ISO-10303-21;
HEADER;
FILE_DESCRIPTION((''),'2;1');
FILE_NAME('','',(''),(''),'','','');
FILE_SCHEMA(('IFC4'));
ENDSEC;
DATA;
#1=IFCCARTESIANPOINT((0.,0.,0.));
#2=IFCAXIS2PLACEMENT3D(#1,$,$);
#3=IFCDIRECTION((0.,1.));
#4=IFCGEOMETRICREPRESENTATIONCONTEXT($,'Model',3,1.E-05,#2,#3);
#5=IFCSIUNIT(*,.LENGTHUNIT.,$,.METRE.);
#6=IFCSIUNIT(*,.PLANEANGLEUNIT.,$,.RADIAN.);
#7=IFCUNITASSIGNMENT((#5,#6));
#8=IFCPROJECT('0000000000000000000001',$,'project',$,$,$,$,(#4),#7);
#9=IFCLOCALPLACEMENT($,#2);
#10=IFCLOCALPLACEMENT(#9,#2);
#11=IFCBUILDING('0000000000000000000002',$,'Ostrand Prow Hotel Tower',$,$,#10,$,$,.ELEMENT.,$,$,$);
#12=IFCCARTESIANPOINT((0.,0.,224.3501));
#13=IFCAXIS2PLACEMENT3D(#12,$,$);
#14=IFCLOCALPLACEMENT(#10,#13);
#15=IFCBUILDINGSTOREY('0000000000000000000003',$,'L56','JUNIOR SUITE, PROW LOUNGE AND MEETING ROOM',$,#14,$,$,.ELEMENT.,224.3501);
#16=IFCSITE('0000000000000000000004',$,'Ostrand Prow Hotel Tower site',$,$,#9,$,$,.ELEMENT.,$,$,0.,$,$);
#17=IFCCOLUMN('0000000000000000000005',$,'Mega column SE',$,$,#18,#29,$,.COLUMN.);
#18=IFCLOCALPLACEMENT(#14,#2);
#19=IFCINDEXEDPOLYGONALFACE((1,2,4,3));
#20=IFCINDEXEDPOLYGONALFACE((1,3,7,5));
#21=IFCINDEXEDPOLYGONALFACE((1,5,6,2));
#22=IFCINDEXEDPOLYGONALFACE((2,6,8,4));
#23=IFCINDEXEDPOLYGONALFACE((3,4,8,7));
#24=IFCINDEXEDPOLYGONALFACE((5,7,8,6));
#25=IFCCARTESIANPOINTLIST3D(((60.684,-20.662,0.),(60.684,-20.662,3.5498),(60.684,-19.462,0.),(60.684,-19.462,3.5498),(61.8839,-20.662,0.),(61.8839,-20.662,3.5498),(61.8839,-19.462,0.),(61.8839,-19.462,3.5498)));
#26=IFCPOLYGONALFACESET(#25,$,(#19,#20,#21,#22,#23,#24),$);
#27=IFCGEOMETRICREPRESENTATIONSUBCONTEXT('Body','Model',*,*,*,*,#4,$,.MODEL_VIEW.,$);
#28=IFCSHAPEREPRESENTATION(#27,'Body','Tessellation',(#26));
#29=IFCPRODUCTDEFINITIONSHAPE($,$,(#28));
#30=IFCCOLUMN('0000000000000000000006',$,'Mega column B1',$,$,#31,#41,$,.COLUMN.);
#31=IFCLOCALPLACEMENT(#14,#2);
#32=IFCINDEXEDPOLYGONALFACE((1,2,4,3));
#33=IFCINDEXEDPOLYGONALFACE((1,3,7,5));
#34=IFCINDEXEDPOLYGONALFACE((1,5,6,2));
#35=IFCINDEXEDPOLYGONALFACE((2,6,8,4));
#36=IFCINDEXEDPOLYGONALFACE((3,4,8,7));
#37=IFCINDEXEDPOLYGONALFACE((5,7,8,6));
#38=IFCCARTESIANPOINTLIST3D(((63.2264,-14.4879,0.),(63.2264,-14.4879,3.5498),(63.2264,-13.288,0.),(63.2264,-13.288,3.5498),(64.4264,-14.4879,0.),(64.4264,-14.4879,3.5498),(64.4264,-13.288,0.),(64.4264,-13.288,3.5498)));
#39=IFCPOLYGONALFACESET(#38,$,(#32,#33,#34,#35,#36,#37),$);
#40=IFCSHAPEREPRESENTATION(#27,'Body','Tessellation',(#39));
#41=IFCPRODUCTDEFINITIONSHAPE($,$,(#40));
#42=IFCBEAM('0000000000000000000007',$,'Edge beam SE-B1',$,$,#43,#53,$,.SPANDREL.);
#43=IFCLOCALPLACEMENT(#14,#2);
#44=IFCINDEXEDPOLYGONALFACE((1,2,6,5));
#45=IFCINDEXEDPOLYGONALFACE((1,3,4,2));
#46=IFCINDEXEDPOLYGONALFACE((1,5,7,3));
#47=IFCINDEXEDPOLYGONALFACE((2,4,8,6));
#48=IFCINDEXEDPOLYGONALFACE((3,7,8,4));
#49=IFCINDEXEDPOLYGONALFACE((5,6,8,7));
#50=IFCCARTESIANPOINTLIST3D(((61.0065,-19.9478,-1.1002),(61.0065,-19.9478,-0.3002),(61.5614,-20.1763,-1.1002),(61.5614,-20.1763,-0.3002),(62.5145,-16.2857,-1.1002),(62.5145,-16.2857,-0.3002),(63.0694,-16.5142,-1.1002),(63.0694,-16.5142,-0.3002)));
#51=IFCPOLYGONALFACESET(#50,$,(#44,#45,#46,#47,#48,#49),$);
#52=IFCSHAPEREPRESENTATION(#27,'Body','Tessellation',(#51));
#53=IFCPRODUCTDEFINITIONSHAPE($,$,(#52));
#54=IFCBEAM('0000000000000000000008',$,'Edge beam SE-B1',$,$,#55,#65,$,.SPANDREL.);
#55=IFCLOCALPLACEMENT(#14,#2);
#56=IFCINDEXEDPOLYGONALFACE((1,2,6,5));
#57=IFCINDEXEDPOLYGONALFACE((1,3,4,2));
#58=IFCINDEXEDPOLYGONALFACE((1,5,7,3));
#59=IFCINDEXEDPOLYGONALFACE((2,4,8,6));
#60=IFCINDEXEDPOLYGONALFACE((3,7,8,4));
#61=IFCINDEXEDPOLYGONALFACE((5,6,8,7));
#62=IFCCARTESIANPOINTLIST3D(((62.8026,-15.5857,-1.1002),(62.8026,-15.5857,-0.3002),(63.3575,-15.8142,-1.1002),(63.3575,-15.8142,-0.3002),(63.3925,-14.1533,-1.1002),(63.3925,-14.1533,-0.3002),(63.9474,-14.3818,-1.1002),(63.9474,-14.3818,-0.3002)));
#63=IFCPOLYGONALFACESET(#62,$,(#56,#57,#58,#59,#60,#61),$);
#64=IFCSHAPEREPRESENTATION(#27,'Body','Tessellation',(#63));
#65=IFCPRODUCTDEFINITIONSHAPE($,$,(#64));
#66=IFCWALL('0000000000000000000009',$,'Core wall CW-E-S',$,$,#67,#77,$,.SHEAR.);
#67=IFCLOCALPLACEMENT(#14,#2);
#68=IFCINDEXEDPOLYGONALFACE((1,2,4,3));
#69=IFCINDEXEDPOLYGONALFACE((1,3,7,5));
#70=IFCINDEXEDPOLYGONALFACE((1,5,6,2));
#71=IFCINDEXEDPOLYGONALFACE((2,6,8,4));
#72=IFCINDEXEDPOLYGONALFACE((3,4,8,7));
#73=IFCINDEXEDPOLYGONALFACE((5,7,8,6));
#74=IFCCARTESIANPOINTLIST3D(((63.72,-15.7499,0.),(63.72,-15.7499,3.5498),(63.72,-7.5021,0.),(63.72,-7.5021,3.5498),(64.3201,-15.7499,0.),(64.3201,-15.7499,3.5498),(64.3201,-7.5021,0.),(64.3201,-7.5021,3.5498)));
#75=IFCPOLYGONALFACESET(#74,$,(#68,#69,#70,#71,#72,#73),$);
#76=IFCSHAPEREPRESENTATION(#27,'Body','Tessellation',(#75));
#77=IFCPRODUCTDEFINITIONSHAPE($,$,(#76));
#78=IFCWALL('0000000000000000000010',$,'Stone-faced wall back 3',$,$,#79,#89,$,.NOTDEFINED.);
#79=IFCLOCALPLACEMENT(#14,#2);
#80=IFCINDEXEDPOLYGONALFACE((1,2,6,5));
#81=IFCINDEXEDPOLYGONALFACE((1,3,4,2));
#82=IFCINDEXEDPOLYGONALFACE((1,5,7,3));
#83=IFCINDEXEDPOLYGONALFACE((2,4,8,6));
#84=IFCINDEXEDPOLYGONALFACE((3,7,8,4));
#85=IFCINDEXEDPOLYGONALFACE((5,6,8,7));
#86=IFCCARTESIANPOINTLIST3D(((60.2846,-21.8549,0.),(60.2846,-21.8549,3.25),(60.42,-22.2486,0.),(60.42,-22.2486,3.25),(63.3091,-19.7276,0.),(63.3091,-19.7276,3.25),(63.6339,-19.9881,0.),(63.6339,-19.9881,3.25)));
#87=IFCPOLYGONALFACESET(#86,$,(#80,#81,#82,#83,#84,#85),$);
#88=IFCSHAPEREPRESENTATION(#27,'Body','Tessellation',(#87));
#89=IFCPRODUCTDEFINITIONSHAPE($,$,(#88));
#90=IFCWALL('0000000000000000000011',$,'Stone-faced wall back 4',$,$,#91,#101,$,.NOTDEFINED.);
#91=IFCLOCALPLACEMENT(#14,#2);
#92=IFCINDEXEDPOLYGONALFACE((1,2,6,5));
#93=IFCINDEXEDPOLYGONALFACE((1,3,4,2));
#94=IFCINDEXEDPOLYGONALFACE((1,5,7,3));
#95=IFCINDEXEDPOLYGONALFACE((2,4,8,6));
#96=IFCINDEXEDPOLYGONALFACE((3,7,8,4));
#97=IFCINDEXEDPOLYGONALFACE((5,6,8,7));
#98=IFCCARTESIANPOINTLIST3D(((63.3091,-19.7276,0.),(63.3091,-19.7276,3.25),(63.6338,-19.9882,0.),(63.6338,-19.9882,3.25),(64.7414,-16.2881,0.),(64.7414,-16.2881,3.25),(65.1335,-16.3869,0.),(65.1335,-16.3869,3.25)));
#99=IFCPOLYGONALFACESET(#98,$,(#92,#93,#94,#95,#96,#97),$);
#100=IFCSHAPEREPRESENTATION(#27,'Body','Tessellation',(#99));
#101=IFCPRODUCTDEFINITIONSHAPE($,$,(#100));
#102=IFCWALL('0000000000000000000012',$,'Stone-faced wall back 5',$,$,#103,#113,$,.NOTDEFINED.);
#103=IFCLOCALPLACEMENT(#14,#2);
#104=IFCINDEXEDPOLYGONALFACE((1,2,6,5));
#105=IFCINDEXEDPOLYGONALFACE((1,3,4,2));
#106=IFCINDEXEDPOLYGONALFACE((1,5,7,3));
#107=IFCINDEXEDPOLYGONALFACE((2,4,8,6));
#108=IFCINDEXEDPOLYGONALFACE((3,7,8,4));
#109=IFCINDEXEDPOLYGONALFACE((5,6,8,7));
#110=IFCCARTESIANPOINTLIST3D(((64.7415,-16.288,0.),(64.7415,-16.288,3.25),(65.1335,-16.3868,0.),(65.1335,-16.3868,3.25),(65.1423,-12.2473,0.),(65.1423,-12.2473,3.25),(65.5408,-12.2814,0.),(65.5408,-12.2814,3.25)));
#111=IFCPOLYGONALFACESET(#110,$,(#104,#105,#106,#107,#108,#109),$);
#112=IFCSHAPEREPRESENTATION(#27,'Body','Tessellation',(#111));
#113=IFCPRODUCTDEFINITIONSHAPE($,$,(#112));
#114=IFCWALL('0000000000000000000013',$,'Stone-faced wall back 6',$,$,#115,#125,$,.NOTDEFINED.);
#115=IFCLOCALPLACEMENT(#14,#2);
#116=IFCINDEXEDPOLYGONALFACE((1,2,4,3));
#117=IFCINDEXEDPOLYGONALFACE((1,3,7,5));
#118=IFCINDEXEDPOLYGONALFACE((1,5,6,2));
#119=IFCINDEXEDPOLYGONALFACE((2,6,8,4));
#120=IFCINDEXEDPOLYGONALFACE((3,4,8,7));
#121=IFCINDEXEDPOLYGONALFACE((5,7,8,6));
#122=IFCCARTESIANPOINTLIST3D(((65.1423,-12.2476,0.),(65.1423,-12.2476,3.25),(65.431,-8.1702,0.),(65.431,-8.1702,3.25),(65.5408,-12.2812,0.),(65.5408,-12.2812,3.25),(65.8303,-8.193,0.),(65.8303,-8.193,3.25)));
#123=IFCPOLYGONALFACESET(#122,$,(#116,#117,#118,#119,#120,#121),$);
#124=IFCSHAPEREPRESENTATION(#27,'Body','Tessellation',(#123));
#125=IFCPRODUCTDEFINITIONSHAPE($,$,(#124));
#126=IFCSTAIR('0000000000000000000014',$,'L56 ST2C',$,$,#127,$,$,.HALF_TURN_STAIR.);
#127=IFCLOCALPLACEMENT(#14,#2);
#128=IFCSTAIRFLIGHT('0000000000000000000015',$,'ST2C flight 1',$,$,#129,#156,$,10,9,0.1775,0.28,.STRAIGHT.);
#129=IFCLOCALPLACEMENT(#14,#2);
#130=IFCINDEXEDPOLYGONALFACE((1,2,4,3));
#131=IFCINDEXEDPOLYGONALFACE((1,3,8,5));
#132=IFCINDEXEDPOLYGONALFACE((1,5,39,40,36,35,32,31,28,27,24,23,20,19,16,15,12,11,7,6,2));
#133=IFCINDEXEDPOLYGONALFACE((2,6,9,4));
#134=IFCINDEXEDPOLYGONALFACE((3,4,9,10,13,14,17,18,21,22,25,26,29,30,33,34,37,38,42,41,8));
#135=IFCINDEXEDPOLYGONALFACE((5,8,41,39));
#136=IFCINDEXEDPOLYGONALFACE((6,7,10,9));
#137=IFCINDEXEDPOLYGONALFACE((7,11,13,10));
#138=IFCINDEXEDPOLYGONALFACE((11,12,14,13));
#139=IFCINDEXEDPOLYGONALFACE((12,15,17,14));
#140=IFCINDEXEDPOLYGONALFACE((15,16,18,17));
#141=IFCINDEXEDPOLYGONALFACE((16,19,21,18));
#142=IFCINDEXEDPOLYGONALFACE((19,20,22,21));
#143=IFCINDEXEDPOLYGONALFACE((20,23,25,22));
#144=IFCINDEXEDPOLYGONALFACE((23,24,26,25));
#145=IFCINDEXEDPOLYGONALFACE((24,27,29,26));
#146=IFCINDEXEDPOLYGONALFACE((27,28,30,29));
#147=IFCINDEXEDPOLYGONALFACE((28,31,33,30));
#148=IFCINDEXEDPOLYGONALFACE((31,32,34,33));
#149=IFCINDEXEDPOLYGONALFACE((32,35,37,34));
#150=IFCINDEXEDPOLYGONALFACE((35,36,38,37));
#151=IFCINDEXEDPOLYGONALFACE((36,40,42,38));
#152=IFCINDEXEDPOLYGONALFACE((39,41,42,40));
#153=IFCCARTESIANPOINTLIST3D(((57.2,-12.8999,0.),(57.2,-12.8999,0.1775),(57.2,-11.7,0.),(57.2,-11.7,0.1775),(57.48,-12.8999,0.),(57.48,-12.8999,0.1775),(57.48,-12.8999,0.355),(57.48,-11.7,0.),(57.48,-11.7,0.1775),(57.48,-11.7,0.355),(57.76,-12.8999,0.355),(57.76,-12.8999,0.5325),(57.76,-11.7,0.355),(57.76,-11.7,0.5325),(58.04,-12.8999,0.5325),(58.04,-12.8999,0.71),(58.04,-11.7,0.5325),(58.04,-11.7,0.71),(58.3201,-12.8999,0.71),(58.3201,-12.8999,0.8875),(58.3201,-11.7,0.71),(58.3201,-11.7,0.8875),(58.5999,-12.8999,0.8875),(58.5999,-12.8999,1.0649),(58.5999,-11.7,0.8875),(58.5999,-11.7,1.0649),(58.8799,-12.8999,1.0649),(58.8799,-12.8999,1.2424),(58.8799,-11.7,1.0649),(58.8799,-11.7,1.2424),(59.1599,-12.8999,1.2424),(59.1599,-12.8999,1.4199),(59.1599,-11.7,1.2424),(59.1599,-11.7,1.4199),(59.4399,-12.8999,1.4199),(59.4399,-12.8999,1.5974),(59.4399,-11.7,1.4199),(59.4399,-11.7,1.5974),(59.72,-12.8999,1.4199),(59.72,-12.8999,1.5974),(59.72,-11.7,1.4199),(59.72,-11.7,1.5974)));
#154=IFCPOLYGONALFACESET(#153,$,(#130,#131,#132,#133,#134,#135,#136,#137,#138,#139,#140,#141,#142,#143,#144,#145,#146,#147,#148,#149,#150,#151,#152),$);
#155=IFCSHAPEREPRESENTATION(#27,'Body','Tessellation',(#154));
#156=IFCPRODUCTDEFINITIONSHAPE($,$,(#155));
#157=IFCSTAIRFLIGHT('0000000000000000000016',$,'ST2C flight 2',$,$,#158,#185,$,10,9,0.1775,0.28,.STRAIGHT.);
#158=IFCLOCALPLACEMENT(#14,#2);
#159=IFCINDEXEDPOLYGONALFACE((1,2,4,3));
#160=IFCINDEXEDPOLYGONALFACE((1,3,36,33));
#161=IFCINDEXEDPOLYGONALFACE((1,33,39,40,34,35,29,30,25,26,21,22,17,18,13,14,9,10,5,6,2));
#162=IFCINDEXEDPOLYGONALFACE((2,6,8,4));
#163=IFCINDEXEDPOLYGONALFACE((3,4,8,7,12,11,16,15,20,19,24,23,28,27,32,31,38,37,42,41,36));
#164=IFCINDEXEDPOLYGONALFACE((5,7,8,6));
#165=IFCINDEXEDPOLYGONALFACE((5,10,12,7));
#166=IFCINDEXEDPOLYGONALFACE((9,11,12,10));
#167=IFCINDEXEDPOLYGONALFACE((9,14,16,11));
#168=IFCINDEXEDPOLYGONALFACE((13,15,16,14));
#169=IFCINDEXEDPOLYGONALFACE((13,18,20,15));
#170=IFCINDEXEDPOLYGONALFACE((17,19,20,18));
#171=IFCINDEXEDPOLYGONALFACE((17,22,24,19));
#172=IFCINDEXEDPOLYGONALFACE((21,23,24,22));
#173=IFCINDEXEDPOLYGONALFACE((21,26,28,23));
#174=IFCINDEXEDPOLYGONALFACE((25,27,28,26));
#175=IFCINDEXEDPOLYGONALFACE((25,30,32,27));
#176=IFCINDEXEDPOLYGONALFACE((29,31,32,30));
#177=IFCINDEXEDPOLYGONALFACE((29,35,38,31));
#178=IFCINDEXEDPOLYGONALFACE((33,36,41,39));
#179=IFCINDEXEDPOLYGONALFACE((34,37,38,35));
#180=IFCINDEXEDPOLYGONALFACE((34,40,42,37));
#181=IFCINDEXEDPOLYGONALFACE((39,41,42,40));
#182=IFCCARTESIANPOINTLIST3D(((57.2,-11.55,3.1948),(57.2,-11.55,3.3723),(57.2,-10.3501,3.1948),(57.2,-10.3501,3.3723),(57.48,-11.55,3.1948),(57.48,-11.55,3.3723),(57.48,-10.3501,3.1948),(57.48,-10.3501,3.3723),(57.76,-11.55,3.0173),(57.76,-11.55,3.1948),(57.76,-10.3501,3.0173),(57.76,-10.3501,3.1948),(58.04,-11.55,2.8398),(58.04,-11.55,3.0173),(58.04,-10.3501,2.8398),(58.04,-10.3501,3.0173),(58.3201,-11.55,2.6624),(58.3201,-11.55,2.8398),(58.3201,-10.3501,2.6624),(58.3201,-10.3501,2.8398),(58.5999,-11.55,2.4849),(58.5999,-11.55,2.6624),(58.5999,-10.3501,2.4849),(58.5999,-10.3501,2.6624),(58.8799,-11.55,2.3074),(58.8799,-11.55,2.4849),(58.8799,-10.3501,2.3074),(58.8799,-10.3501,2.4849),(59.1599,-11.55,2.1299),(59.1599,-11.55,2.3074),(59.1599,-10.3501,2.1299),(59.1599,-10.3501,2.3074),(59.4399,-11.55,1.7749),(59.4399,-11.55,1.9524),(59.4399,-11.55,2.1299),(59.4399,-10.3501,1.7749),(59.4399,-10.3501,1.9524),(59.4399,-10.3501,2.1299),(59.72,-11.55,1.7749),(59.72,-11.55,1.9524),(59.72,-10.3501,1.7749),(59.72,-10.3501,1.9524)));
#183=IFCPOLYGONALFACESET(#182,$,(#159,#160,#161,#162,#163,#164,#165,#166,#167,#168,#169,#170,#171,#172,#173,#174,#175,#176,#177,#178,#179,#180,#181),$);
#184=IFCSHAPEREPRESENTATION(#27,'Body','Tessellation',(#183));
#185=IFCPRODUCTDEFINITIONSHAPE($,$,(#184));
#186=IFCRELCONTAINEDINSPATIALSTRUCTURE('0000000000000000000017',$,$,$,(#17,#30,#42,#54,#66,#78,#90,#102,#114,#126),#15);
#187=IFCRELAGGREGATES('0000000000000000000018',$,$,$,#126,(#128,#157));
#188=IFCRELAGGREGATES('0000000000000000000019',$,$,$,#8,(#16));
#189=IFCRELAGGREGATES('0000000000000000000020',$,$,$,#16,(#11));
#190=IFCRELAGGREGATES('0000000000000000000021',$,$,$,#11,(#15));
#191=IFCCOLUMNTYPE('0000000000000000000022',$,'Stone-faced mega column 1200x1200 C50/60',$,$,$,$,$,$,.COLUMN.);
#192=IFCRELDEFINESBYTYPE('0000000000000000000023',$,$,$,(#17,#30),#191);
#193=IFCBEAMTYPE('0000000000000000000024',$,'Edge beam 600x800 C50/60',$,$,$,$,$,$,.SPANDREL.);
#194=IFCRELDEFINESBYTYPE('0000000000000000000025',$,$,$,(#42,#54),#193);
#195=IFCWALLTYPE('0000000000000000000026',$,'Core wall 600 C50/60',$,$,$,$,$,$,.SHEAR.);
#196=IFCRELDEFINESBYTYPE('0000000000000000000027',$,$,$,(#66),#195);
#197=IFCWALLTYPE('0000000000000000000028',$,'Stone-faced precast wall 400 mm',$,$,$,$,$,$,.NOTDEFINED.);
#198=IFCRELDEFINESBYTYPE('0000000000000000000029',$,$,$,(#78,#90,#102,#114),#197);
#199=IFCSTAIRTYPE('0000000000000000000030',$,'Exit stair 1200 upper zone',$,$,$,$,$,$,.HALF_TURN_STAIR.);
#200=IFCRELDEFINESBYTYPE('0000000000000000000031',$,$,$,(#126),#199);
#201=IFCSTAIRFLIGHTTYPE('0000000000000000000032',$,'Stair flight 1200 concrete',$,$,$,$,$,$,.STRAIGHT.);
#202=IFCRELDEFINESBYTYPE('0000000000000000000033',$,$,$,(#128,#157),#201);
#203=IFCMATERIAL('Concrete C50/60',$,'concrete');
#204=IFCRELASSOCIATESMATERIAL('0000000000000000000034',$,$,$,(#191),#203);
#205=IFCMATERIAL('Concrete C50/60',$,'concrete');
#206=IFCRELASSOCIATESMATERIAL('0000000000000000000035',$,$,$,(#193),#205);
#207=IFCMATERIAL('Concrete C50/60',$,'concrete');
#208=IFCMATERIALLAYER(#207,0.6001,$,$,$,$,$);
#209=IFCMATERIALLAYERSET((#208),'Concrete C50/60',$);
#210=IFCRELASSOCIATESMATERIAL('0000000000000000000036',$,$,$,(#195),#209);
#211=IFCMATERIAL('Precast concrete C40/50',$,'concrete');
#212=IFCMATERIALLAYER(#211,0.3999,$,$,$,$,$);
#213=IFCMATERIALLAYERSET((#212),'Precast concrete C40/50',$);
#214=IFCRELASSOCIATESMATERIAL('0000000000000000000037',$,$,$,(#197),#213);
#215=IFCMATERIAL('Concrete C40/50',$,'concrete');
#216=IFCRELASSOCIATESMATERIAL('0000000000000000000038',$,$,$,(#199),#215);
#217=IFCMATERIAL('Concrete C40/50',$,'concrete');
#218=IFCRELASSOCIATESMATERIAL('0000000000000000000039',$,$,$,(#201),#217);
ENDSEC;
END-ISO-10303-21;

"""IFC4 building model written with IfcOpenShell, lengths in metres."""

from ifc_helpers import new_model, si_unit, direction, frame, frame_2d, origin, origin_2d, place, context, subcontext, project, spatial, polyline, rectangle, outline, extrude, material, layer, layer_set, material_profile, profile_set, type_object, element, aggregate, save


model = new_model("IFC4")

# Units and contexts
model_context = context("Model", 3, precision=1e-05, world=origin(), true_north=direction((0.0, 1.0)))
body_context = subcontext(model_context, "Body", "Model", "MODEL_VIEW")
ifc_project = project(units=[si_unit("LENGTHUNIT", "METRE"), si_unit("PLANEANGLEUNIT", "RADIAN")], contexts=[model_context])

# Site, building, storey
site_placement = place(None, origin())
site = spatial("IfcSite", under=ifc_project, at=site_placement, Name="Ostrand Prow Hotel Tower site", CompositionType="ELEMENT", RefElevation=0.0)
building_placement = place(site_placement, origin())
building = spatial("IfcBuilding", under=site, at=building_placement, Name="Ostrand Prow Hotel Tower", CompositionType="ELEMENT")
storey_placement = place(building_placement, frame((0.0, 0.0, 224.3501)))
storey = spatial("IfcBuildingStorey", under=building, at=storey_placement, Name="L56", Description="JUNIOR SUITE, PROW LOUNGE AND MEETING ROOM", CompositionType="ELEMENT", Elevation=224.3501)

# Columns
ifc_material_1 = material(Name="Concrete C50/60", Category="concrete")
ifc_material_profile_1 = material_profile(ifc_material_1, rectangle(XDim=1.2, YDim=1.2, at=origin_2d()), Name="RC 1200x1200")
ifc_profile_set_1 = profile_set([ifc_material_profile_1], Name="Concrete C50/60")
column_type = type_object("IfcColumnType", Name="Stone-faced mega column 1200x1200 C50/60", PredefinedType="COLUMN", material=ifc_profile_set_1)
for number, where, z_axis, x_axis, name in (
    (1, (61.2839, -20.062, 0.0), (0.0, 0.0, 1.0), (1.0, 0.0, 0.0), "Mega column SE"),
    (2, (63.8264, -13.8879, 0.0), (0.0, 0.0, 1.0), (1.0, 0.0, 0.0), "Mega column B1"),
):
    element("IfcColumn", number, at=place(storey_placement, frame(where, z_axis=z_axis, x_axis=x_axis)), inside=storey, type_object=column_type, Name=name, PredefinedType="COLUMN", context=body_context, shape_type="SweptSolid", body=[
        extrude(rectangle(XDim=1.2, YDim=1.2, at=origin_2d()), origin(), (0.0, 0.0, 1.0), 3.5498),
    ])

# Beams
ifc_material_2 = material(Name="Concrete C50/60", Category="concrete")
ifc_material_profile_2 = material_profile(ifc_material_2, rectangle(XDim=0.6001, YDim=0.8, at=origin_2d()), Name="RC 600x800")
ifc_profile_set_2 = profile_set([ifc_material_profile_2], Name="Concrete C50/60")
beam_type = type_object("IfcBeamType", Name="Edge beam 600x800 C50/60", PredefinedType="SPANDREL", material=ifc_profile_set_2)
beam_1_placement = place(storey_placement, frame((61.2839, -20.062, -0.7002), z_axis=(0.380778, 0.924667, 0.0), x_axis=(-0.924667, 0.380778, 0.0)))
element("IfcBeam", 3, at=beam_1_placement, inside=storey, type_object=beam_type, Name="Edge beam SE-B1", PredefinedType="SPANDREL", context=body_context, shape_type="SweptSolid", body=[
    extrude(rectangle(XDim=0.6001, YDim=0.8, at=origin_2d()), origin(), (0.0, 0.0, 1.0), 3.9604),
])
beam_2_placement = place(storey_placement, frame((63.0801, -15.7, -0.7002), z_axis=(0.380774, 0.924668, 0.0), x_axis=(-0.924668, 0.380774, 0.0)))
element("IfcBeam", 4, at=beam_2_placement, inside=storey, type_object=beam_type, Name="Edge beam SE-B1", PredefinedType="SPANDREL", context=body_context, shape_type="SweptSolid", body=[
    extrude(rectangle(XDim=0.6001, YDim=0.8, at=origin_2d()), origin(), (0.0, 0.0, 1.0), 1.5491),
])

# Walls
ifc_material_3 = material(Name="Concrete C50/60", Category="concrete")
ifc_layer_1 = layer(ifc_material_3, 0.6001)
ifc_layer_set_1 = layer_set([ifc_layer_1], Name="Concrete C50/60")
wall_type_1 = type_object("IfcWallType", Name="Core wall 600 C50/60", PredefinedType="SHEAR", material=ifc_layer_set_1)
wall_1_placement = place(storey_placement, frame((64.02, -15.75, 0.0), z_axis=(0.0, 0.0, 1.0), x_axis=(0.0, 1.0, 0.0)))
element("IfcWall", 5, at=wall_1_placement, inside=storey, type_object=wall_type_1, Name="Core wall CW-E-S", PredefinedType="SHEAR", context=body_context, shape_type="SweptSolid", body=[
    extrude(rectangle(XDim=8.2478, YDim=0.6001, at=frame_2d((4.124, 0.0))), origin(), (0.0, 0.0, 1.0), 3.5498),
])
ifc_material_4 = material(Name="Precast concrete C40/50", Category="concrete")
ifc_layer_2 = layer(ifc_material_4, 0.3999)
ifc_layer_set_2 = layer_set([ifc_layer_2], Name="Precast concrete C40/50")
wall_type_2 = type_object("IfcWallType", Name="Stone-faced precast wall 400 mm", PredefinedType="NOTDEFINED", material=ifc_layer_set_2)
wall_2_placement = place(storey_placement, frame((60.3523, -22.0518, 0.0), z_axis=(0.0, 0.0, 1.0), x_axis=(0.817943, 0.5753, 0.0)))
element("IfcWall", 6, at=wall_2_placement, inside=storey, type_object=wall_type_2, Name="Stone-faced wall back 3", PredefinedType="NOTDEFINED", context=body_context, shape_type="SweptSolid", body=[
    extrude(outline(polyline([(-0.0579, -0.2), (3.8713, -0.2), (3.7556, 0.2), (0.0579, 0.2), (-0.0579, -0.2)])), origin(), (0.0, 0.0, 1.0), 3.25),
])
wall_3_placement = place(storey_placement, frame((63.4714, -19.8579, 0.0), z_axis=(0.0, 0.0, 1.0), x_axis=(0.384434, 0.923153, 0.0)))
element("IfcWall", 7, at=wall_3_placement, inside=storey, type_object=wall_type_2, Name="Stone-faced wall back 4", PredefinedType="NOTDEFINED", context=body_context, shape_type="SweptSolid", body=[
    extrude(outline(polyline([(-0.0579, -0.2), (3.8433, -0.2), (3.7837, 0.2), (0.0579, 0.2), (-0.0579, -0.2)])), origin(), (0.0, 0.0, 1.0), 3.25),
])
wall_4_placement = place(storey_placement, frame((64.9375, -16.3374, 0.0), z_axis=(0.0, 0.0, 1.0), x_axis=(0.098718, 0.995115, 0.0)))
element("IfcWall", 8, at=wall_4_placement, inside=storey, type_object=wall_type_2, Name="Stone-faced wall back 5", PredefinedType="NOTDEFINED", context=body_context, shape_type="SweptSolid", body=[
    extrude(outline(polyline([(-0.0298, -0.2), (4.0957, -0.2), (4.0903, 0.2), (0.0298, 0.2), (-0.0298, -0.2)])), origin(), (0.0, 0.0, 1.0), 3.25),
])
wall_5_placement = place(storey_placement, frame((65.3416, -12.2644, 0.0), z_axis=(0.0, 0.0, 1.0), x_axis=(0.070624, 0.997503, 0.0)))
element("IfcWall", 9, at=wall_5_placement, inside=storey, type_object=wall_type_2, Name="Stone-faced wall back 6", PredefinedType="NOTDEFINED", context=body_context, shape_type="SweptSolid", body=[
    extrude(outline(polyline([(-0.0027, -0.2), (4.0957, -0.2), (4.0903, 0.2), (0.0027, 0.2), (-0.0027, -0.2)])), origin(), (0.0, 0.0, 1.0), 3.25),
])

# Stair, stair flights
ifc_material_5 = material(Name="Concrete C40/50", Category="concrete")
stair_type = type_object("IfcStairType", Name="Exit stair 1200 upper zone", PredefinedType="HALF_TURN_STAIR", material=ifc_material_5)
stair_placement = place(storey_placement, origin())
stair = element("IfcStair", 10, at=stair_placement, inside=storey, type_object=stair_type, Name="L56 ST2C", PredefinedType="HALF_TURN_STAIR")
ifc_material_6 = material(Name="Concrete C40/50", Category="concrete")
stair_flight_type = type_object("IfcStairFlightType", Name="Stair flight 1200 concrete", PredefinedType="STRAIGHT", material=ifc_material_6)
stair_flight_1_placement = place(storey_placement, frame((57.2, -12.3, 0.0), z_axis=(0.0, 0.0, 1.0), x_axis=(1.0, 0.0, 0.0)))
stair_flight_1 = element("IfcStairFlight", 11, at=stair_flight_1_placement, type_object=stair_flight_type, Name="ST2C flight 1", NumberOfRisers=10, NumberOfTreads=9, PredefinedType="STRAIGHT", RiserHeight=0.1775, TreadLength=0.28, context=body_context, shape_type="SweptSolid", body=[
    extrude(outline(polyline([(0.0, 0.0), (0.0, 0.1775), (0.28, 0.1775), (0.28, 0.355), (0.5601, 0.355), (0.5601, 0.5325), (0.8401, 0.5325), (0.8401, 0.71), (1.1201, 0.71), (1.1201, 0.8875), (1.3999, 0.8875), (1.3999, 1.0649), (1.6799, 1.0649), (1.6799, 1.2424), (1.96, 1.2424), (1.96, 1.4199), (2.24, 1.4199), (2.24, 1.5974), (2.52, 1.5974), (2.52, 1.7749), (2.52, 1.4199), (0.28, 0.0), (0.0, 0.0)])), frame((0.0, 0.6001, 0.0), z_axis=(0.0, -1.0, 0.0), x_axis=(1.0, 0.0, 0.0)), (0.0, 0.0, 1.0), 1.2),
])
stair_flight_2_placement = place(storey_placement, frame((59.72, -10.95, 1.7749), z_axis=(0.0, 0.0, 1.0), x_axis=(-1.0, 0.0, 0.0)))
stair_flight_2 = element("IfcStairFlight", 12, at=stair_flight_2_placement, type_object=stair_flight_type, Name="ST2C flight 2", NumberOfRisers=10, NumberOfTreads=9, PredefinedType="STRAIGHT", RiserHeight=0.1775, TreadLength=0.28, context=body_context, shape_type="SweptSolid", body=[
    extrude(outline(polyline([(0.0, 0.0), (0.0, 0.1775), (0.28, 0.1775), (0.28, 0.355), (0.5601, 0.355), (0.5601, 0.5325), (0.8401, 0.5325), (0.8401, 0.71), (1.1201, 0.71), (1.1201, 0.8875), (1.3999, 0.8875), (1.3999, 1.0649), (1.6799, 1.0649), (1.6799, 1.2424), (1.96, 1.2424), (1.96, 1.4199), (2.24, 1.4199), (2.24, 1.5974), (2.52, 1.5974), (2.52, 1.7749), (2.52, 1.4199), (0.28, 0.0), (0.0, 0.0)])), frame((0.0, 0.6001, 0.0), z_axis=(0.0, -1.0, 0.0), x_axis=(1.0, 0.0, 0.0)), (0.0, 0.0, 1.0), 1.2),
])
aggregate(stair, [stair_flight_1, stair_flight_2])

save(model, "model.ifc")
